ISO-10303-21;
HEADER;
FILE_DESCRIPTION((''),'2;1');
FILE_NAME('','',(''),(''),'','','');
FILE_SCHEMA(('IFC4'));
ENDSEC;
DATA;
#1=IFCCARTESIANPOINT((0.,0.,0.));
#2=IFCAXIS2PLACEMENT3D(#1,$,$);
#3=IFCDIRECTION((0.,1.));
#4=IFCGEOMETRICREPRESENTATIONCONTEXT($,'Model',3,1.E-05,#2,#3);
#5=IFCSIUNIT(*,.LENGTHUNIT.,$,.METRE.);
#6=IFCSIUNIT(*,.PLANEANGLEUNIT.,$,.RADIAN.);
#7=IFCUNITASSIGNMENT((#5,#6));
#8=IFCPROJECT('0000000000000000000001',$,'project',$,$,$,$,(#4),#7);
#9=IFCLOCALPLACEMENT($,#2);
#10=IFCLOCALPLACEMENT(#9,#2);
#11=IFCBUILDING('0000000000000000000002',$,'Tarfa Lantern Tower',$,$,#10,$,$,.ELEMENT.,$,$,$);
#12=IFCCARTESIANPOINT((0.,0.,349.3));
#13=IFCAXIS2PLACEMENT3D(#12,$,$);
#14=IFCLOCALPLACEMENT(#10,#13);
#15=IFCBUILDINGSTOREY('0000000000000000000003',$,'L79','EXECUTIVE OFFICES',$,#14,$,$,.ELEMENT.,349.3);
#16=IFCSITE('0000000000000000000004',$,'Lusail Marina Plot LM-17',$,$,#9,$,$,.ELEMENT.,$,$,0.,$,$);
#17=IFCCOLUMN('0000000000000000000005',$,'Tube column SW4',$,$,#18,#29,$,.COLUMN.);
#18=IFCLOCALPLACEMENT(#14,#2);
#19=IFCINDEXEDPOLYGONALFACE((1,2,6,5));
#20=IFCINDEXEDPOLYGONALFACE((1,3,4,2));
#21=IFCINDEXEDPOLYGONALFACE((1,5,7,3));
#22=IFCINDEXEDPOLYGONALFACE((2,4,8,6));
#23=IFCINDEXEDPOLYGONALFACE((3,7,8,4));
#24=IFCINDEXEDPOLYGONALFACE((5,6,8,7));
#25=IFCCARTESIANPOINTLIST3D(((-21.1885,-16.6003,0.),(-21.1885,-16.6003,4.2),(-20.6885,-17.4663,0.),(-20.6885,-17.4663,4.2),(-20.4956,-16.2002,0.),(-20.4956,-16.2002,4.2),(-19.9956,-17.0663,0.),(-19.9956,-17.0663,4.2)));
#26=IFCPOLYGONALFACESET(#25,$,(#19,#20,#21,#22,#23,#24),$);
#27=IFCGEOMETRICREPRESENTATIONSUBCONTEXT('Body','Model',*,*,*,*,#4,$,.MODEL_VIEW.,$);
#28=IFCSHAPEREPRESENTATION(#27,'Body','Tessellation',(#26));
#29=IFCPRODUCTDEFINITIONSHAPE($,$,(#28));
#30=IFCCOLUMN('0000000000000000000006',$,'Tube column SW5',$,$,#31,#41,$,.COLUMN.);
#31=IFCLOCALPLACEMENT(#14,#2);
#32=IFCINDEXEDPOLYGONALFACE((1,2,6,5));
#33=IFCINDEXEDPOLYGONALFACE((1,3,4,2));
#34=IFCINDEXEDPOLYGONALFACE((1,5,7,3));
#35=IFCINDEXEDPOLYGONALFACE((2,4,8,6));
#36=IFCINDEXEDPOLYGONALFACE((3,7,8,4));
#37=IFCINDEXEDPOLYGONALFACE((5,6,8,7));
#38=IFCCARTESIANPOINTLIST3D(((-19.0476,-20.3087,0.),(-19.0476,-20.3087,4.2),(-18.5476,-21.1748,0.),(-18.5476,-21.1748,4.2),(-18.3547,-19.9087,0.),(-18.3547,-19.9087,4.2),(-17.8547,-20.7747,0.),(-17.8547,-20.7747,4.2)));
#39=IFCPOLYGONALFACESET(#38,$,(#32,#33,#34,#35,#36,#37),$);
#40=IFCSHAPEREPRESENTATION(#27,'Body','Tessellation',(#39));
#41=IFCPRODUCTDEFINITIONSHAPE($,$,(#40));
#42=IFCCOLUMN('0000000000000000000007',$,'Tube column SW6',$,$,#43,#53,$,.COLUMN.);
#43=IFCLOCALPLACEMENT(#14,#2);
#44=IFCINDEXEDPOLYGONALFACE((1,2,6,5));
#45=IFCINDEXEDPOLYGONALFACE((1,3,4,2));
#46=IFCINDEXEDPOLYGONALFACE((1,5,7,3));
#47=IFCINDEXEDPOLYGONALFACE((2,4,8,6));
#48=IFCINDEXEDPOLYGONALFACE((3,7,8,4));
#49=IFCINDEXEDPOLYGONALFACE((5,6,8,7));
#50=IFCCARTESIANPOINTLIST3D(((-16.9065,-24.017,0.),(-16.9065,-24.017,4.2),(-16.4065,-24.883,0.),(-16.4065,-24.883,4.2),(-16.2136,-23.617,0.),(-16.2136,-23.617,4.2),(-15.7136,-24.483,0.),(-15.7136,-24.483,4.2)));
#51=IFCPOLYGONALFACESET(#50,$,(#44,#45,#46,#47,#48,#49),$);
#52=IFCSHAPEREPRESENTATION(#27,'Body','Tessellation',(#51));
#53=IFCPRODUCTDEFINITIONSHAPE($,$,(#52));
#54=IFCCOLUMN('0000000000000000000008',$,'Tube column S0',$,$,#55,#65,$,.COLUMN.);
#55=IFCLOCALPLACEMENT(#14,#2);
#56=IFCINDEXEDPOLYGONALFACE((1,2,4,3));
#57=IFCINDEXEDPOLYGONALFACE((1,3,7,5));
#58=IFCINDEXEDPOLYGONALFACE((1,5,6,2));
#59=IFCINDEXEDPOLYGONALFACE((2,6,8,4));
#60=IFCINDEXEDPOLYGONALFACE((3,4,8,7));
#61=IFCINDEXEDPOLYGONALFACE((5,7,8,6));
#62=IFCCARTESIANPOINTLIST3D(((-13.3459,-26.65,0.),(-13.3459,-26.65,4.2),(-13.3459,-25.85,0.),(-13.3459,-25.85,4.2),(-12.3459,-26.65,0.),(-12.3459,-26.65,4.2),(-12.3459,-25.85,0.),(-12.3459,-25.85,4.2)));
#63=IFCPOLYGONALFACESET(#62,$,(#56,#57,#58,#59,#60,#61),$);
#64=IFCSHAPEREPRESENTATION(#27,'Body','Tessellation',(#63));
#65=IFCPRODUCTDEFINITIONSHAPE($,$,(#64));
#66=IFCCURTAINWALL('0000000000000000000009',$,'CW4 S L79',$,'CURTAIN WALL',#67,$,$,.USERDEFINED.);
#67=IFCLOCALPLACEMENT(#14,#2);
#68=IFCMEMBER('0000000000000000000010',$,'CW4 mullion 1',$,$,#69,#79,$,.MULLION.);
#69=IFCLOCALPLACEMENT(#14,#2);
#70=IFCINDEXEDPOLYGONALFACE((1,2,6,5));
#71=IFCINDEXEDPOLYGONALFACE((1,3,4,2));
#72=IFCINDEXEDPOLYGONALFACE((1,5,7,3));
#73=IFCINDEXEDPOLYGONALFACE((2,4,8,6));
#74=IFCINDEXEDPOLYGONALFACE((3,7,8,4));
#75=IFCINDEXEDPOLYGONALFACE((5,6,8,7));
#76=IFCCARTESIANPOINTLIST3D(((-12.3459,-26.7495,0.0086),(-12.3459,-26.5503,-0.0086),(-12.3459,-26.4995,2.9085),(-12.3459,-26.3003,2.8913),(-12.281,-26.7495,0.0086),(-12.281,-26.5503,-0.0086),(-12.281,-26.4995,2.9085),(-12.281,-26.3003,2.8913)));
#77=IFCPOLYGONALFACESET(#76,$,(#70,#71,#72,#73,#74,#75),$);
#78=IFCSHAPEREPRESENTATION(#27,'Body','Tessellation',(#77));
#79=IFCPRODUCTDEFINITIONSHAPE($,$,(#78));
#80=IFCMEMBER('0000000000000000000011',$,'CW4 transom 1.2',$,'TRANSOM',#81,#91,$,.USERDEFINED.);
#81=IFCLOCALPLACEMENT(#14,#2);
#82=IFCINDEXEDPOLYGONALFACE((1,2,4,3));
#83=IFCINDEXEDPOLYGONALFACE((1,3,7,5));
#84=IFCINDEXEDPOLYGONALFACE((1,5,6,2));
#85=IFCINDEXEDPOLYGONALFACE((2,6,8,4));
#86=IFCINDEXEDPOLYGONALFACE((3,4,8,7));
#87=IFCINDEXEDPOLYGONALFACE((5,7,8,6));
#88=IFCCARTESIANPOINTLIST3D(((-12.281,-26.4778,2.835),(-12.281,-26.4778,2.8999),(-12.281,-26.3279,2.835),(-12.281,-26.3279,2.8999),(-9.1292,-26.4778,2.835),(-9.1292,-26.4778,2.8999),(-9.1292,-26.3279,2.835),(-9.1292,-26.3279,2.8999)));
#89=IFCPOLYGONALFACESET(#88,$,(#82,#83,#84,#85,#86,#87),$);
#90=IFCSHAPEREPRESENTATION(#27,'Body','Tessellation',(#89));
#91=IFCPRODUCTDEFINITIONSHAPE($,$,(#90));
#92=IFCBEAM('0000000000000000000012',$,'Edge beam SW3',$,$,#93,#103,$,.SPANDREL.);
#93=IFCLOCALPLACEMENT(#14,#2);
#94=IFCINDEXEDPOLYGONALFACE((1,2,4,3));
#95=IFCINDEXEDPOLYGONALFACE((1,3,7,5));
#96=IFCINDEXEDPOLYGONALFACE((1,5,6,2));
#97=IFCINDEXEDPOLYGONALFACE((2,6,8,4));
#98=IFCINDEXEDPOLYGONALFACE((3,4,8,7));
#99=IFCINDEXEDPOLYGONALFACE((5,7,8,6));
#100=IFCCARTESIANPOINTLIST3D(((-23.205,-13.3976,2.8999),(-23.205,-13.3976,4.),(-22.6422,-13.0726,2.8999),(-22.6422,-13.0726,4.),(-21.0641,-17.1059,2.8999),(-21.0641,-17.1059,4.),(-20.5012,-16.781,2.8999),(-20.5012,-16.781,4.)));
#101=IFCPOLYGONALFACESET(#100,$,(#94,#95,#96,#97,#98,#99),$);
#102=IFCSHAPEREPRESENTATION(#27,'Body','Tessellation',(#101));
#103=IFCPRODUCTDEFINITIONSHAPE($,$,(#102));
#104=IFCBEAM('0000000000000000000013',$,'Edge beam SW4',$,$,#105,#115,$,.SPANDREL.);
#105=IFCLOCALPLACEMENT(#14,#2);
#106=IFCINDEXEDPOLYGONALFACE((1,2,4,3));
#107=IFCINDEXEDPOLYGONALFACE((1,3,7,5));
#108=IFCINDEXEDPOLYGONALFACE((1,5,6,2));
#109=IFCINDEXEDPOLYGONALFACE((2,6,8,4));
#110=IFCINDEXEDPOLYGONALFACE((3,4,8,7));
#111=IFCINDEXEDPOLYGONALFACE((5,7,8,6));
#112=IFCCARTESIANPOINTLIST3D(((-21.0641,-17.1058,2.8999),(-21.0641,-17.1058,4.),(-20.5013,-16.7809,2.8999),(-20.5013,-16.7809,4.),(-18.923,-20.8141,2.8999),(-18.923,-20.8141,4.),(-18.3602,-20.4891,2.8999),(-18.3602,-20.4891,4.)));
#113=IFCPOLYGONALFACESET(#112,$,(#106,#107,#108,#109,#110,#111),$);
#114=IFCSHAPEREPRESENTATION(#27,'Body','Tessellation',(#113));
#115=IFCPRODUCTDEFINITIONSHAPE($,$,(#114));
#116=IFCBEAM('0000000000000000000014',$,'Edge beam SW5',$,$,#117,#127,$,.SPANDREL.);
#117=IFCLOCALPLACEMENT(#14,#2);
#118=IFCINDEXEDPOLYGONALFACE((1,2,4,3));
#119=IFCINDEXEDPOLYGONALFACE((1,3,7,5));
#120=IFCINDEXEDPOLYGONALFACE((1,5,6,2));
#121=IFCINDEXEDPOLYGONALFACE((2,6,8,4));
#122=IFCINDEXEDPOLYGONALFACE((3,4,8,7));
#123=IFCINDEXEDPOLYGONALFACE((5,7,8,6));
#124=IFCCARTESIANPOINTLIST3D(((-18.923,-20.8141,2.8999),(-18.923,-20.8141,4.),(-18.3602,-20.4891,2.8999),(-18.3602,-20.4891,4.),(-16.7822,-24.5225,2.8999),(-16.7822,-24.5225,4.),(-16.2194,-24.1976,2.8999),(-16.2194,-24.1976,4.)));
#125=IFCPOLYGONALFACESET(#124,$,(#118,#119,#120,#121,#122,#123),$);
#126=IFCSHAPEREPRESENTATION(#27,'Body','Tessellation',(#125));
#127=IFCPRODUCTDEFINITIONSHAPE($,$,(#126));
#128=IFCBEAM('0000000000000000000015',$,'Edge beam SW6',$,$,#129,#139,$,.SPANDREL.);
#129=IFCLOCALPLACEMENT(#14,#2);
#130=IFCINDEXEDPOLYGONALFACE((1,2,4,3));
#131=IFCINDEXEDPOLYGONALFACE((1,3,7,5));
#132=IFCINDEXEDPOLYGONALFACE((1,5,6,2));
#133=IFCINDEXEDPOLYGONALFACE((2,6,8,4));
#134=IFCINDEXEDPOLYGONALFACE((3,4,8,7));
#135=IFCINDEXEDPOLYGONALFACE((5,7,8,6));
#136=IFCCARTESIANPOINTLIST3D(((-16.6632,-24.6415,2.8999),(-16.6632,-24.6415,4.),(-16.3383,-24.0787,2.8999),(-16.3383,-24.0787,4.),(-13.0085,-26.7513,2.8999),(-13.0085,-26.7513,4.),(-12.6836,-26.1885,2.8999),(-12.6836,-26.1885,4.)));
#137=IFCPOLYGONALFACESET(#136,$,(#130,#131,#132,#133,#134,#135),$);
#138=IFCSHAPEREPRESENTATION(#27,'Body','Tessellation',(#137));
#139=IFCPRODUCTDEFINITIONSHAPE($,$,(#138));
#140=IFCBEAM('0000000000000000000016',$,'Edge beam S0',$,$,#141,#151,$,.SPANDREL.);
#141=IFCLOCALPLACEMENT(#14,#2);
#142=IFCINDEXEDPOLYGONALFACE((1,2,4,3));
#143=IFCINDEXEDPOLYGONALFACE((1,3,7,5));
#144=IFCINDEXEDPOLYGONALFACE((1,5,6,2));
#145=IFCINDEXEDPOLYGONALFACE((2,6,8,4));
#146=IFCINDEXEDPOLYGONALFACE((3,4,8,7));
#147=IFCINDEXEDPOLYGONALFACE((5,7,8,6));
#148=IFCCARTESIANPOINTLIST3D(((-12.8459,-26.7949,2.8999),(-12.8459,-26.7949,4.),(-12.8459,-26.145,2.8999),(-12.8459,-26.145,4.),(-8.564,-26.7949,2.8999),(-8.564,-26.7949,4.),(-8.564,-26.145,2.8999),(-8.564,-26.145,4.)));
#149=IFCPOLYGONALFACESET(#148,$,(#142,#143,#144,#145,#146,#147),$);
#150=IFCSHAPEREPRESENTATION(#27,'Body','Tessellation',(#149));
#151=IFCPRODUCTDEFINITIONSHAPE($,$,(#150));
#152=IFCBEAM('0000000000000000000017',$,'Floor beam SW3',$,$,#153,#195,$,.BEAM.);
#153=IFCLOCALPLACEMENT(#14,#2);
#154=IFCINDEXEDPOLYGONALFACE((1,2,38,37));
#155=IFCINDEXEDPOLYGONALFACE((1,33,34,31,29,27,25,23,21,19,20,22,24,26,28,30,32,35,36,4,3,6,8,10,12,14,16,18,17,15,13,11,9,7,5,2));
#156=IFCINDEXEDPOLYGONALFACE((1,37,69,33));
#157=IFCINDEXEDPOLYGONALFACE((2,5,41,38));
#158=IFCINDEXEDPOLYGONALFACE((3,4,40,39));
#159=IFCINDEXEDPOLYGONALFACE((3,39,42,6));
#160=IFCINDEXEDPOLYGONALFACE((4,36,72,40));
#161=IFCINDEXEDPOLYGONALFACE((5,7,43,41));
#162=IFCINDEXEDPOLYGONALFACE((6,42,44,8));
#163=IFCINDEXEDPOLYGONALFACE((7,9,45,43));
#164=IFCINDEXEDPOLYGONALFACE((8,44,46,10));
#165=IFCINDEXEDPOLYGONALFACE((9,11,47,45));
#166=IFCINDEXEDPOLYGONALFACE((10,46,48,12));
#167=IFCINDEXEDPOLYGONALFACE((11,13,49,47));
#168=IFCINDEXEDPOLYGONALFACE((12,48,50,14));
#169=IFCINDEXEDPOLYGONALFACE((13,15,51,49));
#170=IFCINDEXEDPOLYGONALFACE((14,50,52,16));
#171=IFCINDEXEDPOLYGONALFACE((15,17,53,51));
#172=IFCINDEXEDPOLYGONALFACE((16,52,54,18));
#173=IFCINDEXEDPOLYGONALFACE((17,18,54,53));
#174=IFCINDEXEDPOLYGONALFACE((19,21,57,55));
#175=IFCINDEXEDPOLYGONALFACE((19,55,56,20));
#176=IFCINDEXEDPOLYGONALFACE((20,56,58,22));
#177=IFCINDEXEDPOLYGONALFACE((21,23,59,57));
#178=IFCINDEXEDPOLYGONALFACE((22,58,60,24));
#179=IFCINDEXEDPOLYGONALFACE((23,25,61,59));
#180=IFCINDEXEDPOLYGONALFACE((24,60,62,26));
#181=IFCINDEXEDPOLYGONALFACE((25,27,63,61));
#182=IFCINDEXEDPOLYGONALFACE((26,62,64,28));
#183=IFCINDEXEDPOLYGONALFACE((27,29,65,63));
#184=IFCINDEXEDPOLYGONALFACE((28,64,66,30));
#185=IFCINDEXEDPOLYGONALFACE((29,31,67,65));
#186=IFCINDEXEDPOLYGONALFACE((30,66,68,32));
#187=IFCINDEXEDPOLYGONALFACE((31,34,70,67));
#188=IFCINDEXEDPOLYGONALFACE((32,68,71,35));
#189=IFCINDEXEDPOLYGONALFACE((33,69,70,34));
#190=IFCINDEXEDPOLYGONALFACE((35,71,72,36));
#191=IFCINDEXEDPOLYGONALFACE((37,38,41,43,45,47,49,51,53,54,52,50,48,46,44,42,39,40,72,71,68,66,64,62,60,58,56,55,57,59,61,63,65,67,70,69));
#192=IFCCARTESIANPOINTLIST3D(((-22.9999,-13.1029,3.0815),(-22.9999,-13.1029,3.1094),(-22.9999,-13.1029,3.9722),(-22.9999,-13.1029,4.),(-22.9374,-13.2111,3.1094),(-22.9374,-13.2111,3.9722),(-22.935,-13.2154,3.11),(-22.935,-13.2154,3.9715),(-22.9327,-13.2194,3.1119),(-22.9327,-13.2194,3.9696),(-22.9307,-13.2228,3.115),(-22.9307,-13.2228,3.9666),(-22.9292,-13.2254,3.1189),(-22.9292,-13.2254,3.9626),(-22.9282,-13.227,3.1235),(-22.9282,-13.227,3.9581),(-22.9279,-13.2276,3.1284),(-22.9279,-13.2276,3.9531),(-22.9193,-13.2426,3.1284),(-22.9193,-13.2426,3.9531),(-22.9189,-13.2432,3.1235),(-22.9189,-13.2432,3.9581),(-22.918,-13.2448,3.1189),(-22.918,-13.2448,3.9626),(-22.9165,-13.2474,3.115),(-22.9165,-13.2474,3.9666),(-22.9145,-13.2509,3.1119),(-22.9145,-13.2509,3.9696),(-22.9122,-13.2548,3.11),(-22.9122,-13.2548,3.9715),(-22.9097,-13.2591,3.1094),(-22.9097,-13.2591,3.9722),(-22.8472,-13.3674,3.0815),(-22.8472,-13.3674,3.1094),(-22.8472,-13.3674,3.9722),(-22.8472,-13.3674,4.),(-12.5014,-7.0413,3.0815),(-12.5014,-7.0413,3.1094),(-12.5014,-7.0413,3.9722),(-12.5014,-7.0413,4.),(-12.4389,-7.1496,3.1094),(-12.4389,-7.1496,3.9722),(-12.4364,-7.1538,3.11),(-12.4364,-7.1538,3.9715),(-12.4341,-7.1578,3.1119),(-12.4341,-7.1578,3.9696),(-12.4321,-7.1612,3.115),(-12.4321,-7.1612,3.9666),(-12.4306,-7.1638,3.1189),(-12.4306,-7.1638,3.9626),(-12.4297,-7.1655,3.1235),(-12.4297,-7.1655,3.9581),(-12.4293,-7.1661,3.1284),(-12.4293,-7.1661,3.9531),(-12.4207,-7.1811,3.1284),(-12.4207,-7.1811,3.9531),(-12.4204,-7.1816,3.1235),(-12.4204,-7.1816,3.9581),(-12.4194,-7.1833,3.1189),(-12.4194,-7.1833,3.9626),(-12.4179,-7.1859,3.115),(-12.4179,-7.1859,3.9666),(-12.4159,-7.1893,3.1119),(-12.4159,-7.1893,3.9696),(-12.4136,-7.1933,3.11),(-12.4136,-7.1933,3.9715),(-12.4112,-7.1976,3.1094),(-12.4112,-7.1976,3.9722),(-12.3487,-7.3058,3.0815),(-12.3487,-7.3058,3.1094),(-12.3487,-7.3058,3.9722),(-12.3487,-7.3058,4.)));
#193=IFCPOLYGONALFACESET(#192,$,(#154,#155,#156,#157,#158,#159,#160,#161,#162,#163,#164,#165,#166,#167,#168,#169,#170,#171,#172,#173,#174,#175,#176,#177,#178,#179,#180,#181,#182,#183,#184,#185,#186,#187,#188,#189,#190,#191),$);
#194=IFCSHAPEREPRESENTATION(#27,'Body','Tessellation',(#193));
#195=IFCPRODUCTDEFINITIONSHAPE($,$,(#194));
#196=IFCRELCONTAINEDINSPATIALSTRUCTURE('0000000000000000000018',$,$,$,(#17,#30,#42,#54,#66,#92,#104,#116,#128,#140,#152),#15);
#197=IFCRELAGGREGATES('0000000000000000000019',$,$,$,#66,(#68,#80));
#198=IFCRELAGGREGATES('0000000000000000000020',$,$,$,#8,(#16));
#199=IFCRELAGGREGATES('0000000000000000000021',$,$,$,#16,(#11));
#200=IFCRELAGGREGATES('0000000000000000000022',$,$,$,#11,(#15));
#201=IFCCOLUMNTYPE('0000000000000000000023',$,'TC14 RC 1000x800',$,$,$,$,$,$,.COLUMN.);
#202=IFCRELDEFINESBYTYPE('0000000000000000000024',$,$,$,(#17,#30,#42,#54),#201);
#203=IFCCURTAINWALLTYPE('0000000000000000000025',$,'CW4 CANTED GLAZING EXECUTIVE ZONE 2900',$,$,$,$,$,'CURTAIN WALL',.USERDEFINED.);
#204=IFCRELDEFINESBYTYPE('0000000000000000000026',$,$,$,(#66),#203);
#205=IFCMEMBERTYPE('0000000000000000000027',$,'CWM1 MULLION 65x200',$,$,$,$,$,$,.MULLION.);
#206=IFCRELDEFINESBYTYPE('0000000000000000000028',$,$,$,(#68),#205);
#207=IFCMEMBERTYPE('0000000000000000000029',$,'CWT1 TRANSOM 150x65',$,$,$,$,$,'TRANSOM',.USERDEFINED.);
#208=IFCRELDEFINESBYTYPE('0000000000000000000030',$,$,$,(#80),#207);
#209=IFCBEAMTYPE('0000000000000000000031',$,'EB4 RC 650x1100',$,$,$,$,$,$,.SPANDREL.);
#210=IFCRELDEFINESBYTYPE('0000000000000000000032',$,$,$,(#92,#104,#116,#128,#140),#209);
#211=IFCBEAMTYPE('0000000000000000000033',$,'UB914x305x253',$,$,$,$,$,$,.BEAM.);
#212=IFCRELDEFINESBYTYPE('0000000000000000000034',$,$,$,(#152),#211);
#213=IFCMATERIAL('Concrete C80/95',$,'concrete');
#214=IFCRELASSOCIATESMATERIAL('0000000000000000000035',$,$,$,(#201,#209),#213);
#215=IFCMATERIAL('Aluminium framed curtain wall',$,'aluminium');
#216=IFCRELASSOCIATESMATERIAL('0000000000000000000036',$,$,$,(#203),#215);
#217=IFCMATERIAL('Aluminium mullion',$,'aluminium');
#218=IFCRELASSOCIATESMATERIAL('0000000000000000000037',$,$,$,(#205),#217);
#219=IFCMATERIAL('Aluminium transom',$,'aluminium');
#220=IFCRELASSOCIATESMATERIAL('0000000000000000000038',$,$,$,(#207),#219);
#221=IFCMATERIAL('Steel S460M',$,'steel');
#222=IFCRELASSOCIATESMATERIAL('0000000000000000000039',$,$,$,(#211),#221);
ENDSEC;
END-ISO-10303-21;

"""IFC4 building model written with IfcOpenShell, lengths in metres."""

from ifc_helpers import new_model, si_unit, direction, frame, origin, origin_2d, place, context, subcontext, project, spatial, rectangle, i_section, extrude, material, material_profile, profile_set, type_object, element, aggregate, save


model = new_model("IFC4")

# Units and contexts
model_context = context("Model", 3, precision=1e-05, world=origin(), true_north=direction((0.0, 1.0)))
body_context = subcontext(model_context, "Body", "Model", "MODEL_VIEW")
ifc_project = project(units=[si_unit("LENGTHUNIT", "METRE"), si_unit("PLANEANGLEUNIT", "RADIAN")], contexts=[model_context])

# Site, building, storey
site_placement = place(None, origin())
site = spatial("IfcSite", under=ifc_project, at=site_placement, Name="Lusail Marina Plot LM-17", CompositionType="ELEMENT", RefElevation=0.0)
building_placement = place(site_placement, origin())
building = spatial("IfcBuilding", under=site, at=building_placement, Name="Tarfa Lantern Tower", CompositionType="ELEMENT")
storey_placement = place(building_placement, frame((0.0, 0.0, 349.3)))
storey = spatial("IfcBuildingStorey", under=building, at=storey_placement, Name="L79", Description="EXECUTIVE OFFICES", CompositionType="ELEMENT", Elevation=349.3)

# Columns
ifc_material_1 = material(Name="Concrete C80/95", Category="concrete")
ifc_material_profile_1 = material_profile(ifc_material_1, rectangle(XDim=1.0, YDim=0.8, at=origin_2d()), Name="RC 1000x800")
ifc_profile_set_1 = profile_set([ifc_material_profile_1], Name="Concrete C80/95")
column_type = type_object("IfcColumnType", Name="TC14 RC 1000x800", PredefinedType="COLUMN", material=ifc_profile_set_1)
for number, where, z_axis, x_axis, name in (
    (1, (-20.592, -16.8333, 0.0), (0.0, 0.0, 1.0), (0.5, -0.866025, 0.0), "Tube column SW4"),
    (2, (-18.4512, -20.5417, 0.0), (0.0, 0.0, 1.0), (0.5, -0.866025, 0.0), "Tube column SW5"),
    (3, (-16.3101, -24.25, 0.0), (0.0, 0.0, 1.0), (0.5, -0.866025, 0.0), "Tube column SW6"),
    (4, (-12.8459, -26.25, 0.0), (0.0, 0.0, 1.0), (1.0, 0.0, 0.0), "Tube column S0"),
):
    element("IfcColumn", number, at=place(storey_placement, frame(where, z_axis=z_axis, x_axis=x_axis)), inside=storey, type_object=column_type, Name=name, PredefinedType="COLUMN", context=body_context, shape_type="SweptSolid", body=[
        extrude(rectangle(XDim=1.0, YDim=0.8, at=origin_2d()), origin(), (0.0, 0.0, 1.0), 4.2),
    ])

# Curtain wall, members
ifc_material_2 = material(Name="Aluminium framed curtain wall", Category="aluminium")
curtain_wall_type = type_object("IfcCurtainWallType", Name="CW4 CANTED GLAZING EXECUTIVE ZONE 2900", ElementType="CURTAIN WALL", PredefinedType="USERDEFINED", material=ifc_material_2)
curtain_wall_placement = place(storey_placement, origin())
curtain_wall = element("IfcCurtainWall", 5, at=curtain_wall_placement, inside=storey, type_object=curtain_wall_type, Name="CW4 S L79", ObjectType="CURTAIN WALL", PredefinedType="USERDEFINED")
ifc_material_3 = material(Name="Aluminium mullion", Category="aluminium")
ifc_material_profile_2 = material_profile(ifc_material_3, rectangle(XDim=0.0649, YDim=0.2, at=origin_2d()), Name="AL MULLION 65x200")
ifc_profile_set_2 = profile_set([ifc_material_profile_2], Name="Aluminium mullion")
member_type_1 = type_object("IfcMemberType", Name="CWM1 MULLION 65x200", PredefinedType="MULLION", material=ifc_profile_set_2)
member_1_placement = place(storey_placement, frame((-12.3135, -26.6499, 0.0), z_axis=(0.0, 0.085891, 0.996305), x_axis=(-1.0, 0.0, 0.0)))
member_1 = element("IfcMember", 6, at=member_1_placement, type_object=member_type_1, Name="CW4 mullion 1", PredefinedType="MULLION", context=body_context, shape_type="SweptSolid", body=[
    extrude(rectangle(XDim=0.0649, YDim=0.2, at=origin_2d()), origin(), (0.0, 0.0, 1.0), 2.9106),
])
ifc_material_4 = material(Name="Aluminium transom", Category="aluminium")
ifc_material_profile_3 = material_profile(ifc_material_4, rectangle(XDim=0.1499, YDim=0.0649, at=origin_2d()), Name="AL TRANSOM 150x65")
ifc_profile_set_3 = profile_set([ifc_material_profile_3], Name="Aluminium transom")
member_type_2 = type_object("IfcMemberType", Name="CWT1 TRANSOM 150x65", ElementType="TRANSOM", PredefinedType="USERDEFINED", material=ifc_profile_set_3)
member_2_placement = place(storey_placement, frame((-12.281, -26.4028, 2.8674), z_axis=(1.0, 0.0, 0.0), x_axis=(0.0, 1.0, 0.0)))
member_2 = element("IfcMember", 7, at=member_2_placement, type_object=member_type_2, Name="CW4 transom 1.2", ObjectType="TRANSOM", PredefinedType="USERDEFINED", context=body_context, shape_type="SweptSolid", body=[
    extrude(rectangle(XDim=0.1499, YDim=0.0649, at=origin_2d()), origin(), (0.0, 0.0, 1.0), 3.1519),
])

# Beams
ifc_material_profile_4 = material_profile(ifc_material_1, rectangle(XDim=0.6499, YDim=1.1001, at=origin_2d()), Name="RC 650x1100")
ifc_profile_set_4 = profile_set([ifc_material_profile_4], Name="Concrete C80/95")
beam_type_1 = type_object("IfcBeamType", Name="EB4 RC 650x1100", PredefinedType="SPANDREL", material=ifc_profile_set_4)
for number, where, z_axis, x_axis, name in (
    (8, (-22.9236, -13.2351, 3.45), (0.499984, -0.866035, 0.0), (0.866035, 0.499984, 0.0), "Edge beam SW3"),
    (9, (-20.7827, -16.9434, 3.45), (0.500027, -0.86601, 0.0), (0.86601, 0.500027, 0.0), "Edge beam SW4"),
    (10, (-18.6416, -20.6516, 3.45), (0.499959, -0.866049, 0.0), (0.866049, 0.499959, 0.0), "Edge beam SW5"),
):
    element("IfcBeam", number, at=place(storey_placement, frame(where, z_axis=z_axis, x_axis=x_axis)), inside=storey, type_object=beam_type_1, Name=name, PredefinedType="SPANDREL", context=body_context, shape_type="SweptSolid", body=[
        extrude(rectangle(XDim=0.6499, YDim=1.1001, at=origin_2d()), origin(), (0.0, 0.0, 1.0), 4.282),
    ])
beam_1_placement = place(storey_placement, frame((-16.5007, -24.3601, 3.45), z_axis=(0.866049, -0.499959, 0.0), x_axis=(0.499959, 0.866049, 0.0)))
element("IfcBeam", 11, at=beam_1_placement, inside=storey, type_object=beam_type_1, Name="Edge beam SW6", PredefinedType="SPANDREL", context=body_context, shape_type="SweptSolid", body=[
    extrude(rectangle(XDim=0.6499, YDim=1.1001, at=origin_2d()), origin(), (0.0, 0.0, 1.0), 4.22),
])
beam_2_placement = place(storey_placement, frame((-12.8459, -26.47, 3.45), z_axis=(1.0, 0.0, 0.0), x_axis=(0.0, 1.0, 0.0)))
element("IfcBeam", 12, at=beam_2_placement, inside=storey, type_object=beam_type_1, Name="Edge beam S0", PredefinedType="SPANDREL", context=body_context, shape_type="SweptSolid", body=[
    extrude(rectangle(XDim=0.6499, YDim=1.1001, at=origin_2d()), origin(), (0.0, 0.0, 1.0), 4.282),
])
ifc_material_5 = material(Name="Steel S460M", Category="steel")
ifc_material_profile_5 = material_profile(ifc_material_5, i_section(OverallWidth=0.3054, OverallDepth=0.9185, WebThickness=0.0173, FlangeThickness=0.0278, FilletRadius=0.019, at=origin_2d()), Name="UB914x305x253")
ifc_profile_set_5 = profile_set([ifc_material_profile_5], Name="Steel S460M")
beam_type_2 = type_object("IfcBeamType", Name="UB914x305x253", PredefinedType="BEAM", material=ifc_profile_set_5)
beam_3_placement = place(storey_placement, frame((-22.9236, -13.2351, 3.5408), z_axis=(0.866019, 0.500012, 0.0), x_axis=(-0.500012, 0.866019, 0.0)))
element("IfcBeam", 13, at=beam_3_placement, inside=storey, type_object=beam_type_2, Name="Floor beam SW3", PredefinedType="BEAM", context=body_context, shape_type="SweptSolid", body=[
    extrude(i_section(OverallWidth=0.3054, OverallDepth=0.9185, WebThickness=0.0173, FlangeThickness=0.0278, FilletRadius=0.019, at=origin_2d()), origin(), (0.0, 0.0, 1.0), 12.1228),
])

aggregate(curtain_wall, [member_1, member_2])

save(model, "model.ifc")
